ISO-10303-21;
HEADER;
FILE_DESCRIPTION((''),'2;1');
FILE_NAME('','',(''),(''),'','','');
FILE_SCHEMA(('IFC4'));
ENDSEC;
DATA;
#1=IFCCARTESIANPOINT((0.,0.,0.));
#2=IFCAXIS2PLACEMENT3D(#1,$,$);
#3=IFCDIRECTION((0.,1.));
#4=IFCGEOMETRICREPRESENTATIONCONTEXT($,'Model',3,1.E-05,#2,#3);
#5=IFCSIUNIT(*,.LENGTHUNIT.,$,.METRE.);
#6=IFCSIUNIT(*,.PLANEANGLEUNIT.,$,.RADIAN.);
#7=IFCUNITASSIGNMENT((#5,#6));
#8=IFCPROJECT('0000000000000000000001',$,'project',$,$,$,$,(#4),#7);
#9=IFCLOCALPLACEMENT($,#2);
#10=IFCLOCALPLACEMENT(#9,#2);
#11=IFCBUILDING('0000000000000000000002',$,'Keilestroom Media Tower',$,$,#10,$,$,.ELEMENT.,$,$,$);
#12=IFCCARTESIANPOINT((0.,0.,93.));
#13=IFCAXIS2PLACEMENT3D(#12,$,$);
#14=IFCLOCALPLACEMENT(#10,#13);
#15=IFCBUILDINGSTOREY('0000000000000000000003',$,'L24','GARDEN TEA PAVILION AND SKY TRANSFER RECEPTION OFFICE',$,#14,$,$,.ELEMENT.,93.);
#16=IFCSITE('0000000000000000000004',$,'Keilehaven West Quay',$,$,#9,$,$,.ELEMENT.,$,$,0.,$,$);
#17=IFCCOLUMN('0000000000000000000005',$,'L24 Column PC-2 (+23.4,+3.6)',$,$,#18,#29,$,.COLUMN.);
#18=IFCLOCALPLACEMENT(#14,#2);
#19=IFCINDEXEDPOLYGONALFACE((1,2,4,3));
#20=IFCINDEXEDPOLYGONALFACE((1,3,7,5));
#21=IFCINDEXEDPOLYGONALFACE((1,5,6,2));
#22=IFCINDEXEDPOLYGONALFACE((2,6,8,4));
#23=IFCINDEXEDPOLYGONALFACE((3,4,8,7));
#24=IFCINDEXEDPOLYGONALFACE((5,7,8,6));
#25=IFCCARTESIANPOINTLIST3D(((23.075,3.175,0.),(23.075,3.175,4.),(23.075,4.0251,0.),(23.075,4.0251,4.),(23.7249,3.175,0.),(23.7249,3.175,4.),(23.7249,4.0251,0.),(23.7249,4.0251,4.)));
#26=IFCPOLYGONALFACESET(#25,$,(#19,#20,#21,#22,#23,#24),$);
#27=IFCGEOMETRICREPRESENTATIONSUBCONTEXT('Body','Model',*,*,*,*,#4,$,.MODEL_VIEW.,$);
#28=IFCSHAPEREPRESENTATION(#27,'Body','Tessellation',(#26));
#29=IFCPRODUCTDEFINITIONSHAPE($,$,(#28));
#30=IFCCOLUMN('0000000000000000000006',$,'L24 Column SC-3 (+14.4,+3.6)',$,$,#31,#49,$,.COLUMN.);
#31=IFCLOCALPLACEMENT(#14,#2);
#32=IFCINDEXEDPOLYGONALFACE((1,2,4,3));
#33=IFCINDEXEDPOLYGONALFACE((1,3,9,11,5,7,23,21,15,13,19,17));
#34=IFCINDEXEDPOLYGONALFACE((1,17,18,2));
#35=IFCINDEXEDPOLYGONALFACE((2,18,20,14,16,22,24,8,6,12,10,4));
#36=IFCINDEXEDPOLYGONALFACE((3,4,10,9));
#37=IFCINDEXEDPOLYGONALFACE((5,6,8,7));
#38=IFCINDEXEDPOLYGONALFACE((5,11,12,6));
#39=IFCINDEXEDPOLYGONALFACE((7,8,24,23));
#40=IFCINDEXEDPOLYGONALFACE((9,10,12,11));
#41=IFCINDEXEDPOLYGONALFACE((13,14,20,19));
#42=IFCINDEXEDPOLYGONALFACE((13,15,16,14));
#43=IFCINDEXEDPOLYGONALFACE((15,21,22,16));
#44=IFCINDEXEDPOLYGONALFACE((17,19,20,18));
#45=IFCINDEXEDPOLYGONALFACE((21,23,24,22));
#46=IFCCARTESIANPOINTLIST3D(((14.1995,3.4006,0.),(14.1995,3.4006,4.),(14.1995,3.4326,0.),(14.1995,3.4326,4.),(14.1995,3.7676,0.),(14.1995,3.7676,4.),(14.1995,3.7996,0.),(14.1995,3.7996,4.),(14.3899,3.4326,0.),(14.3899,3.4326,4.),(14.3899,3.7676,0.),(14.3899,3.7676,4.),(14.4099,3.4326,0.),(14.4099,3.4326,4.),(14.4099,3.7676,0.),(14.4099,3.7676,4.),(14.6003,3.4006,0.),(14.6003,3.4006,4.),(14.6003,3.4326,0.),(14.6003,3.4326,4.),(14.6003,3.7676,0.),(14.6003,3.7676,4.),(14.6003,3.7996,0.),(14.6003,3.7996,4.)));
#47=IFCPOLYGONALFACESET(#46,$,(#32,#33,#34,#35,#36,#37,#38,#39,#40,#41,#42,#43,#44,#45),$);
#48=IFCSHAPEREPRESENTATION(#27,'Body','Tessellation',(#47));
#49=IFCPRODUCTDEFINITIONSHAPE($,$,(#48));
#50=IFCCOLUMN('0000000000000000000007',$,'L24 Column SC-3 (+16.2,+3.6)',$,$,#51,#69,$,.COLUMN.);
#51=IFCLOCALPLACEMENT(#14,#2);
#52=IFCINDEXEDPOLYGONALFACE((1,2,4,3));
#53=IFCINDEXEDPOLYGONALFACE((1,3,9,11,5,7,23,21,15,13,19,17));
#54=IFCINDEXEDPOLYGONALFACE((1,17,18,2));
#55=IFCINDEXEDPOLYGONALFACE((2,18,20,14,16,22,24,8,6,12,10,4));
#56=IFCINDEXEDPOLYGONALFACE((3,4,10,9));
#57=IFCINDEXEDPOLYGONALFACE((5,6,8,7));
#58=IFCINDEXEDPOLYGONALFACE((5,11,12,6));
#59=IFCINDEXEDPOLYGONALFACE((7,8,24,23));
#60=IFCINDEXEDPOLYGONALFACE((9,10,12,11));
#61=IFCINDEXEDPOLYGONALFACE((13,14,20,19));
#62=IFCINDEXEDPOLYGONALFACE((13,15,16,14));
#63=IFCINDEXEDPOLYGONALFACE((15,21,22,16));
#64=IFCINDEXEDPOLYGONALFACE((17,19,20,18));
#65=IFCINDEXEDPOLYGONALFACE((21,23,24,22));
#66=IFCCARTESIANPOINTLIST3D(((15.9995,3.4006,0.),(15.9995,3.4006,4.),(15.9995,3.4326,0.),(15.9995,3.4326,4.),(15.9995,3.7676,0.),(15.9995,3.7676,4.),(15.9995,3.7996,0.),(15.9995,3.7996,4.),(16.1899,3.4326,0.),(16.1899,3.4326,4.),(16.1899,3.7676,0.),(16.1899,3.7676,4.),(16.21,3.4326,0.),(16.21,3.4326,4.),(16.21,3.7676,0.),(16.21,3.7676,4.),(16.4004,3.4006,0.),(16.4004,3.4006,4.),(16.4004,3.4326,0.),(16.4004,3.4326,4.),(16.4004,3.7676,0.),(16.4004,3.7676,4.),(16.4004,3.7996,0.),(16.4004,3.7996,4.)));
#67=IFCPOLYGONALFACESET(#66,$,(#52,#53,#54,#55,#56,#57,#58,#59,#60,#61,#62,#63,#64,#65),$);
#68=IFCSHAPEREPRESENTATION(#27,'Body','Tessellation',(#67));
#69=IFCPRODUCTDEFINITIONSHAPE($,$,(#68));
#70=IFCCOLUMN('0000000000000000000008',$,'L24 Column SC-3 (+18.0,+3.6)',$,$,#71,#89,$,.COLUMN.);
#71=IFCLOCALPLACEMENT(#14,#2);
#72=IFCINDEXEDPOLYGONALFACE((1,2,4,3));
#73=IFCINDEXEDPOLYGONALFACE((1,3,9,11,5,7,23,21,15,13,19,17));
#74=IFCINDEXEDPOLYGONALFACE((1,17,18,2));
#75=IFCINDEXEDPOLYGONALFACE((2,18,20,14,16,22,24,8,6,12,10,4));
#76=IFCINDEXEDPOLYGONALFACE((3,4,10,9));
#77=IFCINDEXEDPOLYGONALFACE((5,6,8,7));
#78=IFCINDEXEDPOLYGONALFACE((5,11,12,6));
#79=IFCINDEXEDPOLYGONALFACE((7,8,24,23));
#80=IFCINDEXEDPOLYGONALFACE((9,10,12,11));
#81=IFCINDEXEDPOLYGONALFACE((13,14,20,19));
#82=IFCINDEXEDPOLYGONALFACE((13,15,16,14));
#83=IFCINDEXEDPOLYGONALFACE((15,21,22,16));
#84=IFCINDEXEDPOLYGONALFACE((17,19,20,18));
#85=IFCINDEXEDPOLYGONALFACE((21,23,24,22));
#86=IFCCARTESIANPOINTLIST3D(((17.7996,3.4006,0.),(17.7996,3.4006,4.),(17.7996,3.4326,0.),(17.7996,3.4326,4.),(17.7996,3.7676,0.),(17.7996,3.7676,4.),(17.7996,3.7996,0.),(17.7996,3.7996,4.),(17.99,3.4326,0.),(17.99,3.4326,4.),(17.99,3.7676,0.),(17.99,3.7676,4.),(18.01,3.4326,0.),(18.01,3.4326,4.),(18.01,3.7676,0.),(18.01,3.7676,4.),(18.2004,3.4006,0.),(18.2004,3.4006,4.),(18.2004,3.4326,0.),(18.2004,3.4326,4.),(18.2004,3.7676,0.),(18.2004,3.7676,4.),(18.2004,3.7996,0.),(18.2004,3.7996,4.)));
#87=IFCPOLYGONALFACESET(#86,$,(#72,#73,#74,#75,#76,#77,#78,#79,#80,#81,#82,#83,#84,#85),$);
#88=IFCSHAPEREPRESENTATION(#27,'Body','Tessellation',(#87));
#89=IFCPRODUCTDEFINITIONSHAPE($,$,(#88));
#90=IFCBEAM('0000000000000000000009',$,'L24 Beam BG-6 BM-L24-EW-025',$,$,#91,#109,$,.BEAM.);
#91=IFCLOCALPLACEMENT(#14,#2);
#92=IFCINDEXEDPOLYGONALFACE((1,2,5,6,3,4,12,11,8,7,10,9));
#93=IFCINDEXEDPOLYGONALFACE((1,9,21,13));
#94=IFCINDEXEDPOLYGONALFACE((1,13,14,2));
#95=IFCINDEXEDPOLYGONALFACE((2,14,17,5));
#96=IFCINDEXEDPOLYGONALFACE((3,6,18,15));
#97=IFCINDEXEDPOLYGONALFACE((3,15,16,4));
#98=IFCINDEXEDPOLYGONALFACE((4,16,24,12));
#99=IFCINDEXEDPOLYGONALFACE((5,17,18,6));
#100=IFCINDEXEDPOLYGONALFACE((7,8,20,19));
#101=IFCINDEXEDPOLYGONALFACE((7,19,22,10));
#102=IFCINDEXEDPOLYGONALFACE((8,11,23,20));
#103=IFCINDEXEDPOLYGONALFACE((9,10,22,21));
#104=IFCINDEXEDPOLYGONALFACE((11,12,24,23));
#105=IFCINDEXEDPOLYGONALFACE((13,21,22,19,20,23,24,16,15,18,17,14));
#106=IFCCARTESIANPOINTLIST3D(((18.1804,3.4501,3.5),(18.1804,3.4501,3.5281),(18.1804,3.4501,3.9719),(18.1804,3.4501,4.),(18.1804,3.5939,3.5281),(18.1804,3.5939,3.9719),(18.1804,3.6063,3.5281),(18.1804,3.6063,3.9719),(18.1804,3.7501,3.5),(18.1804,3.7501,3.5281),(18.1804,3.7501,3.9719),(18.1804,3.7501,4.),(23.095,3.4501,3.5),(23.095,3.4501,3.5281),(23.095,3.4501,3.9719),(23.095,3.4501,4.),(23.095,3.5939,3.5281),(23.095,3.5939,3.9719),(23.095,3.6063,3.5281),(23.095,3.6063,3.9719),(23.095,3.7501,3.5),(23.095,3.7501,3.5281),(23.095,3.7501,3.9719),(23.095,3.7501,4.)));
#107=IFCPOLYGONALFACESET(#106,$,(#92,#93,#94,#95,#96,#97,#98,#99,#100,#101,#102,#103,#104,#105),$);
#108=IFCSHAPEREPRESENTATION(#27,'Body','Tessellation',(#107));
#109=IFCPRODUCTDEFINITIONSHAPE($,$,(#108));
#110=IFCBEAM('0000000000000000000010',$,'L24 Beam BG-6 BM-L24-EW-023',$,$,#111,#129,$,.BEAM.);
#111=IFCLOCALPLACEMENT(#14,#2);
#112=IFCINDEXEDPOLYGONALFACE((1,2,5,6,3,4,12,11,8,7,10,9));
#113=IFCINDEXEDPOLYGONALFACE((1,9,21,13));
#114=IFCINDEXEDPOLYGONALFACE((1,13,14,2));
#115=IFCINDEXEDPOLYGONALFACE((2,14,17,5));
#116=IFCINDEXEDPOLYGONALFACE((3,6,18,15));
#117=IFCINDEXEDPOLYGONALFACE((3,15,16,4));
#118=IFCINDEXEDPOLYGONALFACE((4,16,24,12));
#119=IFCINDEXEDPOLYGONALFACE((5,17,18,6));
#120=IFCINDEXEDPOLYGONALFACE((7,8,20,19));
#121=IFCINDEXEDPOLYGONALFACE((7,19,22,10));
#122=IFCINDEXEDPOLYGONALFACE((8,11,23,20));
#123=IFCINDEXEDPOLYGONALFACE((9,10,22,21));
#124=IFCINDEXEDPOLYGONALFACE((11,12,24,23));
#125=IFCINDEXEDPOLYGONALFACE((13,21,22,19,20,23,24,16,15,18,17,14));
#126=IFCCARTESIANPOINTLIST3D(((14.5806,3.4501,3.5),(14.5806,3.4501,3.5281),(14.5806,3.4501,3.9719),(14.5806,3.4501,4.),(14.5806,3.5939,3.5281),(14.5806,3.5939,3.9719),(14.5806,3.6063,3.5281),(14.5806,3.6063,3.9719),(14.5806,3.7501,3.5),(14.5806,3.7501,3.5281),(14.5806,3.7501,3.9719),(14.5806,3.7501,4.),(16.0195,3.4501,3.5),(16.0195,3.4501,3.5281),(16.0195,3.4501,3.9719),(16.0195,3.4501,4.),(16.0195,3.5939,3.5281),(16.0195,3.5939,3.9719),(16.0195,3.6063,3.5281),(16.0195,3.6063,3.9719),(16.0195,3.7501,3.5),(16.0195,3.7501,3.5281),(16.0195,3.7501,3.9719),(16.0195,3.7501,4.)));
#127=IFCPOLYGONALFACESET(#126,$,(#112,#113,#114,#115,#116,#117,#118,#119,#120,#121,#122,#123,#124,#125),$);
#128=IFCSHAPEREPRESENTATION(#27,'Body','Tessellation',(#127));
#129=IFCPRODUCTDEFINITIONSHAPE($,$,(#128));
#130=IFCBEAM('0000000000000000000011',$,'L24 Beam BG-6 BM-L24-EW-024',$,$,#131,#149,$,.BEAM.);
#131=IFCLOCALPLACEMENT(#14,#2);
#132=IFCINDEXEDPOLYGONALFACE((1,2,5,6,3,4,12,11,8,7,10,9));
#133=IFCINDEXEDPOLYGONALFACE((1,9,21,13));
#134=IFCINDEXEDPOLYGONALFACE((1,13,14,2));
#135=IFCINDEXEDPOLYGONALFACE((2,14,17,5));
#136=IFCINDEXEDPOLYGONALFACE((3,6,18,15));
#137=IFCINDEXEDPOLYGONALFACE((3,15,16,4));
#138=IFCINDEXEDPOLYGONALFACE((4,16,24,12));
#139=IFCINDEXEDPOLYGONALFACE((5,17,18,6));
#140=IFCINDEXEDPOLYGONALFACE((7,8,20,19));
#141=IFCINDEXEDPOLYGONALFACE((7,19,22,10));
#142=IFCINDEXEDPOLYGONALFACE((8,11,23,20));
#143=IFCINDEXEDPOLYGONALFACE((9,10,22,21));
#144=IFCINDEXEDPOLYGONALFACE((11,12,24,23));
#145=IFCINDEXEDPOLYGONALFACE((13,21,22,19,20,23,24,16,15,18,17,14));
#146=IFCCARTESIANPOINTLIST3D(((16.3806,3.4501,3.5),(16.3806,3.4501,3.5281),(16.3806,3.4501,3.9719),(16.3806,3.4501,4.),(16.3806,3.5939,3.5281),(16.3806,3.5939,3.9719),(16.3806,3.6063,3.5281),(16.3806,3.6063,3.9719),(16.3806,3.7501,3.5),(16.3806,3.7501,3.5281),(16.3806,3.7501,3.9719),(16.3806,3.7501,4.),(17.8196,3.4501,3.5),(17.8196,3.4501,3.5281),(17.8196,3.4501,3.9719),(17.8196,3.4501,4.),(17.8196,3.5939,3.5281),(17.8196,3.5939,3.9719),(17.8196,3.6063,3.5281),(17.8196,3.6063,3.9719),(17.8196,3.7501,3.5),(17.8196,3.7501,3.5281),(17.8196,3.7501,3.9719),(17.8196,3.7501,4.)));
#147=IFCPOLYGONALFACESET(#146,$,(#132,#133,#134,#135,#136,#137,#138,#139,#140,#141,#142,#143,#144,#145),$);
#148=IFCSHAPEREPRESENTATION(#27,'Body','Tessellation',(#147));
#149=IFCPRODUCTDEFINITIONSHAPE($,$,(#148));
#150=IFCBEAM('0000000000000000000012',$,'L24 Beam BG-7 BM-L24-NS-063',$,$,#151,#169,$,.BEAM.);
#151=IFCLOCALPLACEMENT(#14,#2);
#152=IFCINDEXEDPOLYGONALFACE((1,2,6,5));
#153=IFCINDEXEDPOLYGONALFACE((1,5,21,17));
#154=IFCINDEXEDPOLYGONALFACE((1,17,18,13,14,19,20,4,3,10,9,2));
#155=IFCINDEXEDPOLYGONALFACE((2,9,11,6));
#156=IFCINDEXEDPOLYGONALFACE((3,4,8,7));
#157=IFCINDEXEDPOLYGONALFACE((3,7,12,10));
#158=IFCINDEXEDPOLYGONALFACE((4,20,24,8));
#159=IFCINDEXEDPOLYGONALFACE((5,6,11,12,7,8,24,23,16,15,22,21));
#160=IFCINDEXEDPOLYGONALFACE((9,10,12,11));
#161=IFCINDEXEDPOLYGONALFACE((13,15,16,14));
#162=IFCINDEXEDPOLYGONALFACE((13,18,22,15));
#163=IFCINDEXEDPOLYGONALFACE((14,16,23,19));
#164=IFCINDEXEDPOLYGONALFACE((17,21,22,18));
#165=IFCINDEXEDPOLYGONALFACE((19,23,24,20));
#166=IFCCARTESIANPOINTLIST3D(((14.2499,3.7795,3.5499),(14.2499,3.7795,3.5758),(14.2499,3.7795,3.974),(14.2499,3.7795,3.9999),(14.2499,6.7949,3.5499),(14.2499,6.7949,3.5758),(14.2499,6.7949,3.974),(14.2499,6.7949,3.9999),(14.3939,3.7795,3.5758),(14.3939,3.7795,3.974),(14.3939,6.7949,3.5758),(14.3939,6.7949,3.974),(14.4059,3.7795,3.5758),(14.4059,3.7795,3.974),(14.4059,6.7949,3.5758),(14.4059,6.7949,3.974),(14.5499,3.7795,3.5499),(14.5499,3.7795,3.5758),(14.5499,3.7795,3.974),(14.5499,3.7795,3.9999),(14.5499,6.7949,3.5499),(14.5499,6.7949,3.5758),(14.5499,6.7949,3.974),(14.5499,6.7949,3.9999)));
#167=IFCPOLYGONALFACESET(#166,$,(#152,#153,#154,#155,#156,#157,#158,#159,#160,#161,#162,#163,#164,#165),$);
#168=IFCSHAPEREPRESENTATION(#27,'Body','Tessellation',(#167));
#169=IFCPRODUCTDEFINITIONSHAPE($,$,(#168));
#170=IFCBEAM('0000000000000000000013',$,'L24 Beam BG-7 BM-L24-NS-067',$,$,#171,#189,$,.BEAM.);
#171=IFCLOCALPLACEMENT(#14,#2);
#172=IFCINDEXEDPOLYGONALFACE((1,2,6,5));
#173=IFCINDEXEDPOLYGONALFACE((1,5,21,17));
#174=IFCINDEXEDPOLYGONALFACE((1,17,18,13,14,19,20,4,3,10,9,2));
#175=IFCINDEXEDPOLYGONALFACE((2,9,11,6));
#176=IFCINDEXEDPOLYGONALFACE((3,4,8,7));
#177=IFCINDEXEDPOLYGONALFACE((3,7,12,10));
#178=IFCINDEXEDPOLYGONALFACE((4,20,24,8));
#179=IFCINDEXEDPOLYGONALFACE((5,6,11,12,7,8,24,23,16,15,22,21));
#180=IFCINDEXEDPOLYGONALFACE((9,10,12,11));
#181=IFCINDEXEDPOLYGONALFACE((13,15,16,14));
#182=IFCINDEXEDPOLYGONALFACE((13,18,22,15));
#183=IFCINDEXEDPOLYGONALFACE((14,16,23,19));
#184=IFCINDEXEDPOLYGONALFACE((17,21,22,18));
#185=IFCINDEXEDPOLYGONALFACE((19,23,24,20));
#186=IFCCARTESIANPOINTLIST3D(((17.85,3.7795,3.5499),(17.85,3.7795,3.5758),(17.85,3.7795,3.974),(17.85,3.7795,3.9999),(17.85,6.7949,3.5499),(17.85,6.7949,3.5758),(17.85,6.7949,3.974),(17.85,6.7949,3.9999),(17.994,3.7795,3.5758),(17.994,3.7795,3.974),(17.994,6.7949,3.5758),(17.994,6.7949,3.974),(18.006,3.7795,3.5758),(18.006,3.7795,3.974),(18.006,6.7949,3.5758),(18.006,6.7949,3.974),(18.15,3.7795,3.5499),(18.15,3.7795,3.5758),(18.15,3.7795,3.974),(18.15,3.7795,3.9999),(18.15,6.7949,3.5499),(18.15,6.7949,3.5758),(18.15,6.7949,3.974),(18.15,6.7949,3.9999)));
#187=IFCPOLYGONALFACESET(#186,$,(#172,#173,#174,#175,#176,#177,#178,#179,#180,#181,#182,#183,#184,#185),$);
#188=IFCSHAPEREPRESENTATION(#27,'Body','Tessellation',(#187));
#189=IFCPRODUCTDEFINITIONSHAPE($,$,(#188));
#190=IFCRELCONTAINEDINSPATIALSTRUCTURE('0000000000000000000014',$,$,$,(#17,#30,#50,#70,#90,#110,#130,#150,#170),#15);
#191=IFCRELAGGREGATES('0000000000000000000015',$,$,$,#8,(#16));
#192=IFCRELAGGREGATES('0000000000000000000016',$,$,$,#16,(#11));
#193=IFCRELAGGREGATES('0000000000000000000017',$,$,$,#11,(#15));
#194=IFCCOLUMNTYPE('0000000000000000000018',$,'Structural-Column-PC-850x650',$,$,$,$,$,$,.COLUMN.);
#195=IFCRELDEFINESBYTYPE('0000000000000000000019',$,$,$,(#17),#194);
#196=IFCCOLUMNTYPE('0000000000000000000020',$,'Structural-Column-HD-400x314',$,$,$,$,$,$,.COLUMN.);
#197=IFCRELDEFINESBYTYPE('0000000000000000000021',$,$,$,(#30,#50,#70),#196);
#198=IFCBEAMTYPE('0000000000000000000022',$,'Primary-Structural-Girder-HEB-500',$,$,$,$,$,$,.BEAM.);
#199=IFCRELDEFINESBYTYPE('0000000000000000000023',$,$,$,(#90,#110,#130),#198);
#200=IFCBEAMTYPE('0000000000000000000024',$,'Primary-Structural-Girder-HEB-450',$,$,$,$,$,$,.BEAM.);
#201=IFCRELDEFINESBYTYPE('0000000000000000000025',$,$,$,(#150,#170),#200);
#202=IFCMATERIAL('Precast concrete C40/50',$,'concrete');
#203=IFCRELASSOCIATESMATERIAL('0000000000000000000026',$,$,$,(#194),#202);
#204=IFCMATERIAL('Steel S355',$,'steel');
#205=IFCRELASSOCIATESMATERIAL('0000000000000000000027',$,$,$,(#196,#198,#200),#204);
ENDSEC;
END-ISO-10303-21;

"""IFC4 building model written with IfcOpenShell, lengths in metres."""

from ifc_helpers import new_model, si_unit, direction, frame, origin, origin_2d, place, context, subcontext, project, spatial, rectangle, i_section, extrude, source, transform, mapped, material, material_profile, profile_set, type_object, element, save


model = new_model("IFC4")

# Units and contexts
model_context = context("Model", 3, precision=1e-05, world=origin(), true_north=direction((0.0, 1.0)))
body_context = subcontext(model_context, "Body", "Model", "MODEL_VIEW")
ifc_project = project(units=[si_unit("LENGTHUNIT", "METRE"), si_unit("PLANEANGLEUNIT", "RADIAN")], contexts=[model_context])

# Site, building, storey
site_placement = place(None, origin())
site = spatial("IfcSite", under=ifc_project, at=site_placement, Name="Keilehaven West Quay", CompositionType="ELEMENT", RefElevation=0.0)
building_placement = place(site_placement, origin())
building = spatial("IfcBuilding", under=site, at=building_placement, Name="Keilestroom Media Tower", CompositionType="ELEMENT")
storey_placement = place(building_placement, frame((0.0, 0.0, 93.0)))
storey = spatial("IfcBuildingStorey", under=building, at=storey_placement, Name="L24", Description="GARDEN TEA PAVILION AND SKY TRANSFER RECEPTION OFFICE", CompositionType="ELEMENT", Elevation=93.0)

# Columns
ifc_material_1 = material(Name="Precast concrete C40/50", Category="concrete")
ifc_material_profile_1 = material_profile(ifc_material_1, rectangle(XDim=0.6499, YDim=0.8501, at=origin_2d()), Name="PC 850x650")
ifc_profile_set_1 = profile_set([ifc_material_profile_1], Name="Precast concrete C40/50")
column_type_1 = type_object("IfcColumnType", Name="Structural-Column-PC-850x650", PredefinedType="COLUMN", material=ifc_profile_set_1)
shared_shape_1 = source(origin(), body_context, "Body", "SweptSolid", [
    extrude(rectangle(XDim=0.6499, YDim=0.8501, at=origin_2d()), origin(), (0.0, 0.0, 1.0), 4.0),
])
column_placement = place(storey_placement, frame((23.3999, 3.6001, 0.0), z_axis=(0.0, 0.0, 1.0), x_axis=(1.0, 0.0, 0.0)))
element("IfcColumn", 1, at=column_placement, inside=storey, type_object=column_type_1, Name="L24 Column PC-2 (+23.4,+3.6)", PredefinedType="COLUMN", context=body_context, shape_type="MappedRepresentation", body=[
    mapped(shared_shape_1, transform((0.0, 0.0, 0.0), x_axis=(1.0, 0.0, 0.0), y_axis=(0.0, 1.0, 0.0), z_axis=(0.0, 0.0, 1.0), scale=1.0)),
])
ifc_material_2 = material(Name="Steel S355", Category="steel")
ifc_material_profile_2 = material_profile(ifc_material_2, i_section(OverallWidth=0.4009, OverallDepth=0.3989, WebThickness=0.02, FlangeThickness=0.032, at=origin_2d()), Name="HD 400x314")
ifc_profile_set_2 = profile_set([ifc_material_profile_2], Name="Steel S355")
column_type_2 = type_object("IfcColumnType", Name="Structural-Column-HD-400x314", PredefinedType="COLUMN", material=ifc_profile_set_2)
shared_shape_2 = source(origin(), body_context, "Body", "SweptSolid", [
    extrude(i_section(OverallWidth=0.4009, OverallDepth=0.3989, WebThickness=0.02, FlangeThickness=0.032, at=origin_2d()), origin(), (0.0, 0.0, 1.0), 4.0),
])
for number, where, z_axis, x_axis, name in (
    (2, (14.3999, 3.6001, 0.0), (0.0, 0.0, 1.0), (1.0, 0.0, 0.0), "L24 Column SC-3 (+14.4,+3.6)"),
    (3, (16.2, 3.6001, 0.0), (0.0, 0.0, 1.0), (1.0, 0.0, 0.0), "L24 Column SC-3 (+16.2,+3.6)"),
    (4, (18.0, 3.6001, 0.0), (0.0, 0.0, 1.0), (1.0, 0.0, 0.0), "L24 Column SC-3 (+18.0,+3.6)"),
):
    element("IfcColumn", number, at=place(storey_placement, frame(where, z_axis=z_axis, x_axis=x_axis)), inside=storey, type_object=column_type_2, Name=name, PredefinedType="COLUMN", context=body_context, shape_type="MappedRepresentation", body=[
        mapped(shared_shape_2, transform((0.0, 0.0, 0.0), x_axis=(1.0, 0.0, 0.0), y_axis=(0.0, 1.0, 0.0), z_axis=(0.0, 0.0, 1.0), scale=1.0)),
    ])

# Beams
ifc_material_profile_3 = material_profile(ifc_material_2, i_section(OverallWidth=0.3, OverallDepth=0.5, WebThickness=0.0125, FlangeThickness=0.0281, at=origin_2d()), Name="HEB 500")
ifc_profile_set_3 = profile_set([ifc_material_profile_3], Name="Steel S355")
beam_type_1 = type_object("IfcBeamType", Name="Primary-Structural-Girder-HEB-500", PredefinedType="BEAM", material=ifc_profile_set_3)
shared_shape_3 = source(origin(), body_context, "Body", "SweptSolid", [
    extrude(i_section(OverallWidth=0.3, OverallDepth=0.5, WebThickness=0.0125, FlangeThickness=0.0281, at=origin_2d()), origin(), (0.0, 0.0, 1.0), 4.9146),
])
beam_placement = place(storey_placement, frame((18.1804, 3.6001, 3.75), z_axis=(1.0, 0.0, 0.0), x_axis=(0.0, 1.0, 0.0)))
element("IfcBeam", 5, at=beam_placement, inside=storey, type_object=beam_type_1, Name="L24 Beam BG-6 BM-L24-EW-025", PredefinedType="BEAM", context=body_context, shape_type="MappedRepresentation", body=[
    mapped(shared_shape_3, transform((0.0, 0.0, 0.0), x_axis=(1.0, 0.0, 0.0), y_axis=(0.0, 1.0, 0.0), z_axis=(0.0, 0.0, 1.0), scale=1.0)),
])
shared_shape_4 = source(origin(), body_context, "Body", "SweptSolid", [
    extrude(i_section(OverallWidth=0.3, OverallDepth=0.5, WebThickness=0.0125, FlangeThickness=0.0281, at=origin_2d()), origin(), (0.0, 0.0, 1.0), 1.439),
])
for number, where, z_axis, x_axis, name in (
    (6, (14.5806, 3.6001, 3.75), (1.0, 0.0, 0.0), (0.0, 1.0, 0.0), "L24 Beam BG-6 BM-L24-EW-023"),
    (7, (16.3806, 3.6001, 3.75), (1.0, 0.0, 0.0), (0.0, 1.0, 0.0), "L24 Beam BG-6 BM-L24-EW-024"),
):
    element("IfcBeam", number, at=place(storey_placement, frame(where, z_axis=z_axis, x_axis=x_axis)), inside=storey, type_object=beam_type_1, Name=name, PredefinedType="BEAM", context=body_context, shape_type="MappedRepresentation", body=[
        mapped(shared_shape_4, transform((0.0, 0.0, 0.0), x_axis=(1.0, 0.0, 0.0), y_axis=(0.0, 1.0, 0.0), z_axis=(0.0, 0.0, 1.0), scale=1.0)),
    ])
ifc_material_profile_4 = material_profile(ifc_material_2, i_section(OverallWidth=0.3, OverallDepth=0.45, WebThickness=0.012, FlangeThickness=0.0259, at=origin_2d()), Name="HEB 450")
ifc_profile_set_4 = profile_set([ifc_material_profile_4], Name="Steel S355")
beam_type_2 = type_object("IfcBeamType", Name="Primary-Structural-Girder-HEB-450", PredefinedType="BEAM", material=ifc_profile_set_4)
shared_shape_5 = source(origin(), body_context, "Body", "SweptSolid", [
    extrude(i_section(OverallWidth=0.3, OverallDepth=0.45, WebThickness=0.012, FlangeThickness=0.0259, at=origin_2d()), origin(), (0.0, 0.0, 1.0), 3.0154),
])
for number, where, z_axis, x_axis, name in (
    (8, (14.3999, 3.7795, 3.7749), (0.0, 1.0, 0.0), (-1.0, 0.0, 0.0), "L24 Beam BG-7 BM-L24-NS-063"),
    (9, (18.0, 3.7795, 3.7749), (0.0, 1.0, 0.0), (-1.0, 0.0, 0.0), "L24 Beam BG-7 BM-L24-NS-067"),
):
    element("IfcBeam", number, at=place(storey_placement, frame(where, z_axis=z_axis, x_axis=x_axis)), inside=storey, type_object=beam_type_2, Name=name, PredefinedType="BEAM", context=body_context, shape_type="MappedRepresentation", body=[
        mapped(shared_shape_5, transform((0.0, 0.0, 0.0), x_axis=(1.0, 0.0, 0.0), y_axis=(0.0, 1.0, 0.0), z_axis=(0.0, 0.0, 1.0), scale=1.0)),
    ])

save(model, "model.ifc")
